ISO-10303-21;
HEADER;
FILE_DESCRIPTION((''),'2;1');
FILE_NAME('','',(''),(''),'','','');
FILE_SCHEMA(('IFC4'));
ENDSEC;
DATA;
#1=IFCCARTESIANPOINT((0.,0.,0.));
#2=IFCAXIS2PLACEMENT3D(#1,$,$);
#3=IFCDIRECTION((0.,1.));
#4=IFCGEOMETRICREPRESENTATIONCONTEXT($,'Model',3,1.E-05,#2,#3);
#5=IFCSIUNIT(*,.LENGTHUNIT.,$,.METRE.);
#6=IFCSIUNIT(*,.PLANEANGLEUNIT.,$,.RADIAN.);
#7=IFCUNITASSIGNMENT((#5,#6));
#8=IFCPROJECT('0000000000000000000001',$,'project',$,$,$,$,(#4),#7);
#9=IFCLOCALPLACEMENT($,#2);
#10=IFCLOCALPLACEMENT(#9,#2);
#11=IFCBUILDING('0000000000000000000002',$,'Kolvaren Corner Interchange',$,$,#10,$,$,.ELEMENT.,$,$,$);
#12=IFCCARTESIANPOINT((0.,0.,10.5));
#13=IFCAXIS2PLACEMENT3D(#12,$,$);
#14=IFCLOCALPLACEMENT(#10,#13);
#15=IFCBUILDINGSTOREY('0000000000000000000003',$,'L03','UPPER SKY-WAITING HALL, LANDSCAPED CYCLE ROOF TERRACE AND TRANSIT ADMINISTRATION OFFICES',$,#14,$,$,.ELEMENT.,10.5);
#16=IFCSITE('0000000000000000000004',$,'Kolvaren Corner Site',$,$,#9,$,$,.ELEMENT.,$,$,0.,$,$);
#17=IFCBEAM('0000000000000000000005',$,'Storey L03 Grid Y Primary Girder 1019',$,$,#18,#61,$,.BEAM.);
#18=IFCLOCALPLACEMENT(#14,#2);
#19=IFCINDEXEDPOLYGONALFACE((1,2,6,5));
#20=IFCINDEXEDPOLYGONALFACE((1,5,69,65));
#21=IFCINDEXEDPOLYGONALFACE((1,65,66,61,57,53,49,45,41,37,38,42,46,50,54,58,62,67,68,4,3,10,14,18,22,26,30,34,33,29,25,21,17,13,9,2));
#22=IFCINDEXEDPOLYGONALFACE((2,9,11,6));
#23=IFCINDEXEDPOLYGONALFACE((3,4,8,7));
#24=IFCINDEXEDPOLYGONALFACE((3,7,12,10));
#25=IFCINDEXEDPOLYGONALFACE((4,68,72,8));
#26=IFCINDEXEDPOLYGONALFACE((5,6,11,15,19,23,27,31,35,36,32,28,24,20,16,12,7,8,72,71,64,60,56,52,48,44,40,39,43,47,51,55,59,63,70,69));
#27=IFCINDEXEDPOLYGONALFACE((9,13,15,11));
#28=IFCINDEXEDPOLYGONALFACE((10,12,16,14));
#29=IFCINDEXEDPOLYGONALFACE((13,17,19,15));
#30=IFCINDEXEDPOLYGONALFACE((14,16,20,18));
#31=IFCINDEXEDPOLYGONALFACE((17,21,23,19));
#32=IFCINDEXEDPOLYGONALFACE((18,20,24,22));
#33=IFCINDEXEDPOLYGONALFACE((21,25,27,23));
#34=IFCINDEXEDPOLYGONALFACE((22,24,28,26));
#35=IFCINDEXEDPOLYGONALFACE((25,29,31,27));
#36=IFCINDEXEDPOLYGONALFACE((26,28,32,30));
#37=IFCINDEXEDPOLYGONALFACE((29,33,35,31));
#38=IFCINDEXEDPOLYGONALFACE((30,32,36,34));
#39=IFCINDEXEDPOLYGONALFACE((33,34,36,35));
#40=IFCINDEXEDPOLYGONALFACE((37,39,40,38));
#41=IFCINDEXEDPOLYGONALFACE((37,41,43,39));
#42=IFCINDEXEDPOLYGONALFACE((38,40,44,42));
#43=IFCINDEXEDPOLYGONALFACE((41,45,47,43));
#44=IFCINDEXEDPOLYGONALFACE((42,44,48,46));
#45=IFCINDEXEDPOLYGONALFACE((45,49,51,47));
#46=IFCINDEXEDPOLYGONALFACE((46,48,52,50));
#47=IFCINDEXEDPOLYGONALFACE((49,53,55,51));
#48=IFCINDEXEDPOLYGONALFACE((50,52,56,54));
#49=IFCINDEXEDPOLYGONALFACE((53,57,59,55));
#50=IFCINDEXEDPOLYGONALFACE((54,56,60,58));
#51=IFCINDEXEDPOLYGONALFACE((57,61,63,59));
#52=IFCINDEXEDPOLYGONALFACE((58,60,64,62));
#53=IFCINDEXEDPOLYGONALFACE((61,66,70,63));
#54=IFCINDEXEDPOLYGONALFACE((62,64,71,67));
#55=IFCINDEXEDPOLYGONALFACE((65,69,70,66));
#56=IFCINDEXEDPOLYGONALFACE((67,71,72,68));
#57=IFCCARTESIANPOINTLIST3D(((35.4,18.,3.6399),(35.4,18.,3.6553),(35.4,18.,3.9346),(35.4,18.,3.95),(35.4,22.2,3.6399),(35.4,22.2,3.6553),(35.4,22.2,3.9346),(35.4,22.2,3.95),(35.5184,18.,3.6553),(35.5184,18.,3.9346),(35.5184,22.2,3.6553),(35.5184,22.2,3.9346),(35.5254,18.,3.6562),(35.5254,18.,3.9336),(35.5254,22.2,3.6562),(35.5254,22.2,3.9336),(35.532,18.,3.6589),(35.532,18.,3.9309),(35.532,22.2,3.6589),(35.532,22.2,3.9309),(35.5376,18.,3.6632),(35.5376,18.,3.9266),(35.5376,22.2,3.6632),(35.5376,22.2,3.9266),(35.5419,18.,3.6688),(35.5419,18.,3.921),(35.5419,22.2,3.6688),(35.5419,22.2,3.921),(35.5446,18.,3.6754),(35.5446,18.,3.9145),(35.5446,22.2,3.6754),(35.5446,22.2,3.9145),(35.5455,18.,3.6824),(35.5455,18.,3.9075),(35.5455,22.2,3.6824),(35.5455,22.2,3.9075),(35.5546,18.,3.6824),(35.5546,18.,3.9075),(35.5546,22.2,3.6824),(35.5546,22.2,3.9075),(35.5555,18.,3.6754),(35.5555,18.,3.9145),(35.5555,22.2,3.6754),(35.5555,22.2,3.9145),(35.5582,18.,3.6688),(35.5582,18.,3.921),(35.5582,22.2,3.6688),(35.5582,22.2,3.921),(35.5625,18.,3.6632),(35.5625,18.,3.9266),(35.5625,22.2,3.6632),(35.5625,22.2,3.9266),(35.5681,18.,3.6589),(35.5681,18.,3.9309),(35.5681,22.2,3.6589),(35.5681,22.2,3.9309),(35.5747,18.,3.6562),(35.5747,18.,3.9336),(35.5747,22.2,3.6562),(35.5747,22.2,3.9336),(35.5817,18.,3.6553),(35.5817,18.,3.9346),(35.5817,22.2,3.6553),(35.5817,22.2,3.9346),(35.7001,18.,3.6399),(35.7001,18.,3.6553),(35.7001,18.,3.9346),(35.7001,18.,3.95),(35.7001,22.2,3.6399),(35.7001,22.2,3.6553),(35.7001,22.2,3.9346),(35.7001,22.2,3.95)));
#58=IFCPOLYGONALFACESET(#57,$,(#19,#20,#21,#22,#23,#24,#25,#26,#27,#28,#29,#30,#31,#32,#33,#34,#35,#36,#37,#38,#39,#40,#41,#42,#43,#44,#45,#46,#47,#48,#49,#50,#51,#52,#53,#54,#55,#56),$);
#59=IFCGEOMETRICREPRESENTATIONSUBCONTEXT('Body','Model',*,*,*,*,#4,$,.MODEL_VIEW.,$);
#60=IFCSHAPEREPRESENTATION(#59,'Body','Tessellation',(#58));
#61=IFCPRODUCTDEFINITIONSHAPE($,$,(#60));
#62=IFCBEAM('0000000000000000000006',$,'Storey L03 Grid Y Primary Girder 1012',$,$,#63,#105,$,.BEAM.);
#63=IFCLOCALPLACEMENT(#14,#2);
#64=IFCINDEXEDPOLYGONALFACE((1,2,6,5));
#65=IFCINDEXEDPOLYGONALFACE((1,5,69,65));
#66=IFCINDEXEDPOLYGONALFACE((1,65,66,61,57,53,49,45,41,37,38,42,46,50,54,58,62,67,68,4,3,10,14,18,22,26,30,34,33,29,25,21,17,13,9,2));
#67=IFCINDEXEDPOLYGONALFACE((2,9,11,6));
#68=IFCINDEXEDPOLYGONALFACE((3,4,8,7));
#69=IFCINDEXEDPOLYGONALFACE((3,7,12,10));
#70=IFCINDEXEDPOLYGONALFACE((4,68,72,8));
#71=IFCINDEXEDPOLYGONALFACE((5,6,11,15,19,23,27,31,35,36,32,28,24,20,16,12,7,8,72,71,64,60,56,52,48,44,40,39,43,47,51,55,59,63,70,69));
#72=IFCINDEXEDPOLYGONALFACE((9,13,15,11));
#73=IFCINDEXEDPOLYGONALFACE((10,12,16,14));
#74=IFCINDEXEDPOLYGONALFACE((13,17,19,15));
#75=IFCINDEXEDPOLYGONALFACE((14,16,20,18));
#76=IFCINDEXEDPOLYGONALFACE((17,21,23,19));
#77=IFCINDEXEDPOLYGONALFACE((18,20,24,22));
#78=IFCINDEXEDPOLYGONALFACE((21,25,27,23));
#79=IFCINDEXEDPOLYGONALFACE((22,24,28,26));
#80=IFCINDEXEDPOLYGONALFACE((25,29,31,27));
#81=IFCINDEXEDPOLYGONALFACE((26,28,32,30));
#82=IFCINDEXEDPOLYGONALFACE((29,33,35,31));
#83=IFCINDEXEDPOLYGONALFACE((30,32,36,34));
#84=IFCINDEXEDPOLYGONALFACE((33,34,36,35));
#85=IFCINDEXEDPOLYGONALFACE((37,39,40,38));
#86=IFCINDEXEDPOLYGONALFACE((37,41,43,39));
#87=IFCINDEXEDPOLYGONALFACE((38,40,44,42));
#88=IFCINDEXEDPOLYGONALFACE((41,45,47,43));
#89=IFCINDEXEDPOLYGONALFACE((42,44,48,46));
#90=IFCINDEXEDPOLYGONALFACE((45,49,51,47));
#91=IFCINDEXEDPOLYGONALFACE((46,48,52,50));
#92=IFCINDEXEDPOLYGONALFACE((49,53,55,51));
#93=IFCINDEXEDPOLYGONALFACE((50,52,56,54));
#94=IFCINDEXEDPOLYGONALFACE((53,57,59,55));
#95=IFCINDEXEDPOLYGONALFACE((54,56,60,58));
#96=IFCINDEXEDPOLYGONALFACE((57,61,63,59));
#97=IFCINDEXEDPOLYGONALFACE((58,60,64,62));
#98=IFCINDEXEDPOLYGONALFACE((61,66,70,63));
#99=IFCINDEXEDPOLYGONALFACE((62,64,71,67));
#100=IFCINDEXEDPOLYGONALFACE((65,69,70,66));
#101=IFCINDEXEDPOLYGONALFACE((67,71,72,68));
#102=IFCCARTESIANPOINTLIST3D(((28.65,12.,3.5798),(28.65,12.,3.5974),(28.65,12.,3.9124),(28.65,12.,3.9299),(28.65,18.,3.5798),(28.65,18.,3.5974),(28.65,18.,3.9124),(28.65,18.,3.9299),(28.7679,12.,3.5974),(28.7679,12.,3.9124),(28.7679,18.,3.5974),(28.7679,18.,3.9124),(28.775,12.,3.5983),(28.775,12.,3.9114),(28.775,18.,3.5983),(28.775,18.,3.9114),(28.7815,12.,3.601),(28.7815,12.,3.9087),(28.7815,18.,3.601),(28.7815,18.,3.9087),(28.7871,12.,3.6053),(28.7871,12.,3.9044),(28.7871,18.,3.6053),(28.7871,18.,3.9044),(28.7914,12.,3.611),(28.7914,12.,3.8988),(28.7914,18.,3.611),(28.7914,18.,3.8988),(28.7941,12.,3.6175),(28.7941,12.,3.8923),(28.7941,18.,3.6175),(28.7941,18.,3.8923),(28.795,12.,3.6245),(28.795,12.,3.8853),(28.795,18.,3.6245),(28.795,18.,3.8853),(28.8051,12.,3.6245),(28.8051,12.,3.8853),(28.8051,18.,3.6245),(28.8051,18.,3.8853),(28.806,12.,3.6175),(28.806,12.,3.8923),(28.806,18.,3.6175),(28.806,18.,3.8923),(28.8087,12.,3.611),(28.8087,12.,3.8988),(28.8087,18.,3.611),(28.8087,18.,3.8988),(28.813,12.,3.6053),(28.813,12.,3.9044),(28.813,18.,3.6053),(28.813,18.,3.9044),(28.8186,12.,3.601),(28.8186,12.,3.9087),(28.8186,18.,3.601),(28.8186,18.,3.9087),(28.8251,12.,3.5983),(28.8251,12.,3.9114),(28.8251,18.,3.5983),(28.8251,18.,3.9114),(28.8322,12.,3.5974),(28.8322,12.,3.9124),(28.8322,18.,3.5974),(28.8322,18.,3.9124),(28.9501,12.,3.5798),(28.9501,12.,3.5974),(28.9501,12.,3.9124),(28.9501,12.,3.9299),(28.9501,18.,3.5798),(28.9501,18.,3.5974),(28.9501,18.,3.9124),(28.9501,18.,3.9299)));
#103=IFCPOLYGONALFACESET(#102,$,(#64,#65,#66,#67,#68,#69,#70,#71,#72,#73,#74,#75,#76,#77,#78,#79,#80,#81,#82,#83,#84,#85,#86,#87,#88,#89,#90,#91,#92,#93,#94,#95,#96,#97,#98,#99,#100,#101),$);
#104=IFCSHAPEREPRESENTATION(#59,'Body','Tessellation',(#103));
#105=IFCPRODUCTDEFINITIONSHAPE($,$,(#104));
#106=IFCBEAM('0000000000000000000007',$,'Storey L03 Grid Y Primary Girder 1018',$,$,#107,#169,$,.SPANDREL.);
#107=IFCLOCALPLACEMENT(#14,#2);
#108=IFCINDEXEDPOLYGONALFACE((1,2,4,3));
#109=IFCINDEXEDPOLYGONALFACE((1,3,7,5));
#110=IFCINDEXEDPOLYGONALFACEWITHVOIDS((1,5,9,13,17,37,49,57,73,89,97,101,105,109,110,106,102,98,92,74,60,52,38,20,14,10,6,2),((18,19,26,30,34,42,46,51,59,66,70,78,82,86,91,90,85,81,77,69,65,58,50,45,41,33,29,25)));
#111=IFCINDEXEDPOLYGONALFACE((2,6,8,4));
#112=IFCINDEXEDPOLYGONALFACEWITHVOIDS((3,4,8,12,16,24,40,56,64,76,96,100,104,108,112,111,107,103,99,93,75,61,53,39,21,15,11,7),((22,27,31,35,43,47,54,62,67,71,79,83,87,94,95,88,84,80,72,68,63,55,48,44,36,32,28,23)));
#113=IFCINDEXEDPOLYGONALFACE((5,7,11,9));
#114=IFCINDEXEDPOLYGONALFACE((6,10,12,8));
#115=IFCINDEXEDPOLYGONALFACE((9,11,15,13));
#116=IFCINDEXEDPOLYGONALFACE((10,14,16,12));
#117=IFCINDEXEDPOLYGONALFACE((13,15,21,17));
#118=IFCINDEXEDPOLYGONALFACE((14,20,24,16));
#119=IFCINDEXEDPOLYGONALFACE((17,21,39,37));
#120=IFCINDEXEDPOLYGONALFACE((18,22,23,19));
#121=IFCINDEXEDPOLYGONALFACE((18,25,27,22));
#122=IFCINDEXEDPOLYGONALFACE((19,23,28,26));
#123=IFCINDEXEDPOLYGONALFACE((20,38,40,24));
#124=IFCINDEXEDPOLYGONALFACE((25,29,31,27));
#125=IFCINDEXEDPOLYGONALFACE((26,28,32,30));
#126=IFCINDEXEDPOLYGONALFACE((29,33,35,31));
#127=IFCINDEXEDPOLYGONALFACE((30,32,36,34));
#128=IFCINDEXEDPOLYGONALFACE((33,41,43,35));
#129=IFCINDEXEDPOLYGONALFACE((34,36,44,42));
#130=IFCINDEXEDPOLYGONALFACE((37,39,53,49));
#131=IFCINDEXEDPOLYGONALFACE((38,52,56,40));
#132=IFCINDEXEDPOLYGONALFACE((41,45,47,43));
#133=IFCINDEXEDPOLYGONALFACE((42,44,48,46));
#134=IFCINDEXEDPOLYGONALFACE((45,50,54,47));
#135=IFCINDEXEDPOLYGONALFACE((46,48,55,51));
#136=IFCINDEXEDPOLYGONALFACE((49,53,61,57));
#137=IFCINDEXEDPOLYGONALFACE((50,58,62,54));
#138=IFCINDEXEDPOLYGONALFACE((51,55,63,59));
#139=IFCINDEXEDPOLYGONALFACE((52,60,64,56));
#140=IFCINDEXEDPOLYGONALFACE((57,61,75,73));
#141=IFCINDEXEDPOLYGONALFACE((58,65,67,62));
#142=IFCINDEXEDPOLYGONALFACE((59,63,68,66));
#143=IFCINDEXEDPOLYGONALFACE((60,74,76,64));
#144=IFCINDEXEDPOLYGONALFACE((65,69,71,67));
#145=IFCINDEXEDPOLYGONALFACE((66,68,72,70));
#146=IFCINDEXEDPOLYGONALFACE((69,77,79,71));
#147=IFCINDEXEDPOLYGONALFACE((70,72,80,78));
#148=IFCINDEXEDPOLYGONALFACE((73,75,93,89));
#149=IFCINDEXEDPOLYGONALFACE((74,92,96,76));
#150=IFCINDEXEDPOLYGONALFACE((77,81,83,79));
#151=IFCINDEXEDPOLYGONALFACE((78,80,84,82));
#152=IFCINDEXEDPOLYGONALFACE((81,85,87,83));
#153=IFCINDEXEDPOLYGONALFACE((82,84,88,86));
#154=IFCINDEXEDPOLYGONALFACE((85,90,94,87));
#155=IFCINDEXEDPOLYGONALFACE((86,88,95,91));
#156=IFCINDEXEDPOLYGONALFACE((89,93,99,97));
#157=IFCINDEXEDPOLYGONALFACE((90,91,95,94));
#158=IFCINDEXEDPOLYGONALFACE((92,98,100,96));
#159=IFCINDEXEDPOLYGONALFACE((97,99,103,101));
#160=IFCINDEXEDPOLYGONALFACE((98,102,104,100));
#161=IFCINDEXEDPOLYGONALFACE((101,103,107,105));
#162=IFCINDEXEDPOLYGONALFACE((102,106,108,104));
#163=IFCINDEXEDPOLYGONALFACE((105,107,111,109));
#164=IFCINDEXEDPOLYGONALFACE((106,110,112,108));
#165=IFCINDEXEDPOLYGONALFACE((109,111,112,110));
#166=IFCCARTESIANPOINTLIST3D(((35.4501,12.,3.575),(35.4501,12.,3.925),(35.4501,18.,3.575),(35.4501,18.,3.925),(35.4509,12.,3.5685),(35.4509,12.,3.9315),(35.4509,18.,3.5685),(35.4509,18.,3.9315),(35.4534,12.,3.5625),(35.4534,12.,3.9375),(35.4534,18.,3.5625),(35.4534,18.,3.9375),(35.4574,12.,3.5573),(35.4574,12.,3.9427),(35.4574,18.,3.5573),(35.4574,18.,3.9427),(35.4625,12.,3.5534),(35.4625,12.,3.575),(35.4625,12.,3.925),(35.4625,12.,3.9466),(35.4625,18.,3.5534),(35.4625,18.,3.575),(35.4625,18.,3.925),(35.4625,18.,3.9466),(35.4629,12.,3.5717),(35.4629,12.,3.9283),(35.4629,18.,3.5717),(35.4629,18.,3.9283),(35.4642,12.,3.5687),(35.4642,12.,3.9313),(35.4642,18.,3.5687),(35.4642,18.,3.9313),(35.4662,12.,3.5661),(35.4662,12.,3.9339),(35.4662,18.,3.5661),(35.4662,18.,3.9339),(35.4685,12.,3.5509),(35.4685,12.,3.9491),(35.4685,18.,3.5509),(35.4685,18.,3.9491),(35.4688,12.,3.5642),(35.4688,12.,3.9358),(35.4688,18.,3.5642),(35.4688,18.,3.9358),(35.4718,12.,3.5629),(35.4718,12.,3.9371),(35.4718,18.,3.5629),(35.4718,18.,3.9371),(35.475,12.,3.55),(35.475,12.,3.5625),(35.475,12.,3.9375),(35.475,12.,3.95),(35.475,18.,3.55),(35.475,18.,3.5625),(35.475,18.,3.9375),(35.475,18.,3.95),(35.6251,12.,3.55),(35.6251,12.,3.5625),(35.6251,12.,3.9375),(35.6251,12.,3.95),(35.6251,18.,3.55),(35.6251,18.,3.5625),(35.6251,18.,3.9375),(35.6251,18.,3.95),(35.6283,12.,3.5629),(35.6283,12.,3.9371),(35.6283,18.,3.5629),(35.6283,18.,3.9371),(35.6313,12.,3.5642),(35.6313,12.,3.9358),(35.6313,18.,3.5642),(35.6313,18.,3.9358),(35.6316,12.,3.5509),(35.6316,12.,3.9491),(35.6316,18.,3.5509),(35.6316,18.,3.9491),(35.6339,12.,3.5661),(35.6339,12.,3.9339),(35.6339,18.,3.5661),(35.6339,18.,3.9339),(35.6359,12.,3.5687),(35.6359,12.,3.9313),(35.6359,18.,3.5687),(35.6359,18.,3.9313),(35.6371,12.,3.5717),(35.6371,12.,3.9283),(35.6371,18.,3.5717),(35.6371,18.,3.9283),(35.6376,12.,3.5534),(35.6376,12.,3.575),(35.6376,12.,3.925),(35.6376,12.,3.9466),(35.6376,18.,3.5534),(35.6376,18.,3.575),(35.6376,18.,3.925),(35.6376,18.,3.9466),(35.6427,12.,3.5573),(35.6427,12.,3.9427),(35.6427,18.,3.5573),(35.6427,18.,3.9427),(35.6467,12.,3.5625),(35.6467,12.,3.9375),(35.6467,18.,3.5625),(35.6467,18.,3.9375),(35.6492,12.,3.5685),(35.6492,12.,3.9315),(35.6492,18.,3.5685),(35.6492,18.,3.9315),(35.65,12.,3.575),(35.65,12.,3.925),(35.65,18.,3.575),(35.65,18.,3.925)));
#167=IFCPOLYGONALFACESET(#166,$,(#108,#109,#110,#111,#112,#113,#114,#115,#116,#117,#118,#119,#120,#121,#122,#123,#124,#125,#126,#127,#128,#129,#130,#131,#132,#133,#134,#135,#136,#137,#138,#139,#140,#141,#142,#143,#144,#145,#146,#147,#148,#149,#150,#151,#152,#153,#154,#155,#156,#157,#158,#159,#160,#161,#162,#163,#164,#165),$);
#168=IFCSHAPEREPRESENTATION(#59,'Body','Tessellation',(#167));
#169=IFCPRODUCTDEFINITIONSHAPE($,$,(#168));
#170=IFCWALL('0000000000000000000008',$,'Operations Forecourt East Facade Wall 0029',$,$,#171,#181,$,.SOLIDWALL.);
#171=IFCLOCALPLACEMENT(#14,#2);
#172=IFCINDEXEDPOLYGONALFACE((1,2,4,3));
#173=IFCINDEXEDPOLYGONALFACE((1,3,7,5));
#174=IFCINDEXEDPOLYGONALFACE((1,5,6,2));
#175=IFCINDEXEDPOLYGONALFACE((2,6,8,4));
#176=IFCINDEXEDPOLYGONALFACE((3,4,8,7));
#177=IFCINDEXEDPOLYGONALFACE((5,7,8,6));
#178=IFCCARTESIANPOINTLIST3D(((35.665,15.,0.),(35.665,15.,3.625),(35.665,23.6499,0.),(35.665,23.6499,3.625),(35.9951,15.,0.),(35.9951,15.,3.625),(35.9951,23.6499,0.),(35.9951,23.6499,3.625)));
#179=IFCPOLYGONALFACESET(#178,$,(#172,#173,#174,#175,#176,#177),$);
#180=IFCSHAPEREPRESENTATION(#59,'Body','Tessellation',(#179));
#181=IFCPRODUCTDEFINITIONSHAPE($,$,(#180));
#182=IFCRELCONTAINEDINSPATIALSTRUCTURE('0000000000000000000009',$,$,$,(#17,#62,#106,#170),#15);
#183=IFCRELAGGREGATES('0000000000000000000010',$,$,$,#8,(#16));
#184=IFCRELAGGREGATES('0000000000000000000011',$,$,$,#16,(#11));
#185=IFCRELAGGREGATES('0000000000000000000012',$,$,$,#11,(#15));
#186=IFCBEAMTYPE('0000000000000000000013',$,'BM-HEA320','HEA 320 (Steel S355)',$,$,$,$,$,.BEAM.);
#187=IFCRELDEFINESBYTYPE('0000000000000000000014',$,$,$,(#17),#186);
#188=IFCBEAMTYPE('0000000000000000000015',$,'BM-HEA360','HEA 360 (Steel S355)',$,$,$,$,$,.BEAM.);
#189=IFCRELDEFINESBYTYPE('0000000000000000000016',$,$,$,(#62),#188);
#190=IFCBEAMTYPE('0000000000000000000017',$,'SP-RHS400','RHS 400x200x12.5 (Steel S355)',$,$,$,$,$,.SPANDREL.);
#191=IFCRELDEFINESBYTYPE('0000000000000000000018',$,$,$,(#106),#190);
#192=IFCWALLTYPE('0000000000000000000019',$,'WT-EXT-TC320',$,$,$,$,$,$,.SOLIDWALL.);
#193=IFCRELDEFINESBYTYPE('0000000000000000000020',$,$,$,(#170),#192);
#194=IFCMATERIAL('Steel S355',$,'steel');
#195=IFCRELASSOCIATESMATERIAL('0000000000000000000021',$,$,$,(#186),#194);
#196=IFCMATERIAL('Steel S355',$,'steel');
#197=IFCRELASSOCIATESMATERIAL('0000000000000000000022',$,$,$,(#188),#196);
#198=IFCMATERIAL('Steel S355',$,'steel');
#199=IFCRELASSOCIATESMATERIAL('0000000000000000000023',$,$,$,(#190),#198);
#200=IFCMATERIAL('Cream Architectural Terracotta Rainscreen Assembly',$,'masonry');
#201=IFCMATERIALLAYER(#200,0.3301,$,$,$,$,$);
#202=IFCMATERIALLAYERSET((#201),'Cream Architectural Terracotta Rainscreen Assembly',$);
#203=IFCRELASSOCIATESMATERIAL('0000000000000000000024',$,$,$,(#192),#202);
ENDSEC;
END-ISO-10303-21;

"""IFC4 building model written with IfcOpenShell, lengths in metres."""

from ifc_helpers import new_model, si_unit, direction, frame, frame_2d, origin, origin_2d, place, context, subcontext, project, spatial, rectangle, hollow_rectangle, i_section, extrude, material, layer, layer_set, material_profile, profile_set, type_object, element, save


model = new_model("IFC4")

# Units and contexts
model_context = context("Model", 3, precision=1e-05, world=origin(), true_north=direction((0.0, 1.0)))
body_context = subcontext(model_context, "Body", "Model", "MODEL_VIEW")
ifc_project = project(units=[si_unit("LENGTHUNIT", "METRE"), si_unit("PLANEANGLEUNIT", "RADIAN")], contexts=[model_context])

# Site, building, storey
site_placement = place(None, origin())
site = spatial("IfcSite", under=ifc_project, at=site_placement, Name="Kolvaren Corner Site", CompositionType="ELEMENT", RefElevation=0.0)
building_placement = place(site_placement, origin())
building = spatial("IfcBuilding", under=site, at=building_placement, Name="Kolvaren Corner Interchange", CompositionType="ELEMENT")
storey_placement = place(building_placement, frame((0.0, 0.0, 10.5)))
storey = spatial("IfcBuildingStorey", under=building, at=storey_placement, Name="L03", Description="UPPER SKY-WAITING HALL, LANDSCAPED CYCLE ROOF TERRACE AND TRANSIT ADMINISTRATION OFFICES", CompositionType="ELEMENT", Elevation=10.5)

# Beams
ifc_material_1 = material(Name="Steel S355", Category="steel")
ifc_material_profile_1 = material_profile(ifc_material_1, i_section(OverallWidth=0.3, OverallDepth=0.3101, WebThickness=0.009, FlangeThickness=0.0154, FilletRadius=0.0271, at=origin_2d()), Name="HEA 320")
ifc_profile_set_1 = profile_set([ifc_material_profile_1], Name="Steel S355")
beam_type_1 = type_object("IfcBeamType", Name="BM-HEA320", Description="HEA 320 (Steel S355)", PredefinedType="BEAM", material=ifc_profile_set_1)
for number, where, z_axis, x_axis, name in (
    (1, (35.55, 18.0, 3.7949), (0.0, 1.0, 0.0), (-1.0, 0.0, 0.0), "Storey L03 Grid Y Primary Girder 1019"),
):
    element("IfcBeam", number, at=place(storey_placement, frame(where, z_axis=z_axis, x_axis=x_axis)), inside=storey, type_object=beam_type_1, Name=name, PredefinedType="BEAM", context=body_context, shape_type="SweptSolid", body=[
        extrude(i_section(OverallWidth=0.3, OverallDepth=0.3101, WebThickness=0.009, FlangeThickness=0.0154, FilletRadius=0.0271, at=origin_2d()), origin(), (0.0, 0.0, 1.0), 4.2),
    ])
ifc_material_2 = material(Name="Steel S355", Category="steel")
ifc_material_profile_2 = material_profile(ifc_material_2, i_section(OverallWidth=0.3, OverallDepth=0.3501, WebThickness=0.01, FlangeThickness=0.0176, FilletRadius=0.0271, at=origin_2d()), Name="HEA 360")
ifc_profile_set_2 = profile_set([ifc_material_profile_2], Name="Steel S355")
beam_type_2 = type_object("IfcBeamType", Name="BM-HEA360", Description="HEA 360 (Steel S355)", PredefinedType="BEAM", material=ifc_profile_set_2)
beam_1_placement = place(storey_placement, frame((28.8, 12.0, 3.7549), z_axis=(0.0, 1.0, 0.0), x_axis=(-1.0, 0.0, 0.0)))
element("IfcBeam", 2, at=beam_1_placement, inside=storey, type_object=beam_type_2, Name="Storey L03 Grid Y Primary Girder 1012", PredefinedType="BEAM", context=body_context, shape_type="SweptSolid", body=[
    extrude(i_section(OverallWidth=0.3, OverallDepth=0.3501, WebThickness=0.01, FlangeThickness=0.0176, FilletRadius=0.0271, at=origin_2d()), origin(), (0.0, 0.0, 1.0), 6.0),
])
ifc_material_3 = material(Name="Steel S355", Category="steel")
ifc_material_profile_3 = material_profile(ifc_material_3, hollow_rectangle(XDim=0.2, YDim=0.3999, WallThickness=0.0125, InnerFilletRadius=0.0125, OuterFilletRadius=0.0249, at=origin_2d()), Name="RHS 400x200x12.5")
ifc_profile_set_3 = profile_set([ifc_material_profile_3], Name="Steel S355")
beam_type_3 = type_object("IfcBeamType", Name="SP-RHS400", Description="RHS 400x200x12.5 (Steel S355)", PredefinedType="SPANDREL", material=ifc_profile_set_3)
beam_2_placement = place(storey_placement, frame((35.55, 12.0, 3.75), z_axis=(0.0, 1.0, 0.0), x_axis=(-1.0, 0.0, 0.0)))
element("IfcBeam", 3, at=beam_2_placement, inside=storey, type_object=beam_type_3, Name="Storey L03 Grid Y Primary Girder 1018", PredefinedType="SPANDREL", context=body_context, shape_type="SweptSolid", body=[
    extrude(hollow_rectangle(XDim=0.2, YDim=0.3999, WallThickness=0.0125, InnerFilletRadius=0.0125, OuterFilletRadius=0.0249, at=origin_2d()), origin(), (0.0, 0.0, 1.0), 6.0),
])

# Wall
ifc_material_4 = material(Name="Cream Architectural Terracotta Rainscreen Assembly", Category="masonry")
ifc_layer_1 = layer(ifc_material_4, 0.3301)
ifc_layer_set_1 = layer_set([ifc_layer_1], Name="Cream Architectural Terracotta Rainscreen Assembly")
wall_type_1 = type_object("IfcWallType", Name="WT-EXT-TC320", PredefinedType="SOLIDWALL", material=ifc_layer_set_1)
wall_1_placement = place(storey_placement, frame((35.8301, 15.0, 0.0), z_axis=(0.0, 0.0, 1.0), x_axis=(0.0, 1.0, 0.0)))
element("IfcWall", 4, at=wall_1_placement, inside=storey, type_object=wall_type_1, Name="Operations Forecourt East Facade Wall 0029", PredefinedType="SOLIDWALL", context=body_context, shape_type="SweptSolid", body=[
    extrude(rectangle(XDim=8.6499, YDim=0.3301, at=frame_2d((4.325, 0.0))), origin(), (0.0, 0.0, 1.0), 3.625),
])

save(model, "model.ifc")
